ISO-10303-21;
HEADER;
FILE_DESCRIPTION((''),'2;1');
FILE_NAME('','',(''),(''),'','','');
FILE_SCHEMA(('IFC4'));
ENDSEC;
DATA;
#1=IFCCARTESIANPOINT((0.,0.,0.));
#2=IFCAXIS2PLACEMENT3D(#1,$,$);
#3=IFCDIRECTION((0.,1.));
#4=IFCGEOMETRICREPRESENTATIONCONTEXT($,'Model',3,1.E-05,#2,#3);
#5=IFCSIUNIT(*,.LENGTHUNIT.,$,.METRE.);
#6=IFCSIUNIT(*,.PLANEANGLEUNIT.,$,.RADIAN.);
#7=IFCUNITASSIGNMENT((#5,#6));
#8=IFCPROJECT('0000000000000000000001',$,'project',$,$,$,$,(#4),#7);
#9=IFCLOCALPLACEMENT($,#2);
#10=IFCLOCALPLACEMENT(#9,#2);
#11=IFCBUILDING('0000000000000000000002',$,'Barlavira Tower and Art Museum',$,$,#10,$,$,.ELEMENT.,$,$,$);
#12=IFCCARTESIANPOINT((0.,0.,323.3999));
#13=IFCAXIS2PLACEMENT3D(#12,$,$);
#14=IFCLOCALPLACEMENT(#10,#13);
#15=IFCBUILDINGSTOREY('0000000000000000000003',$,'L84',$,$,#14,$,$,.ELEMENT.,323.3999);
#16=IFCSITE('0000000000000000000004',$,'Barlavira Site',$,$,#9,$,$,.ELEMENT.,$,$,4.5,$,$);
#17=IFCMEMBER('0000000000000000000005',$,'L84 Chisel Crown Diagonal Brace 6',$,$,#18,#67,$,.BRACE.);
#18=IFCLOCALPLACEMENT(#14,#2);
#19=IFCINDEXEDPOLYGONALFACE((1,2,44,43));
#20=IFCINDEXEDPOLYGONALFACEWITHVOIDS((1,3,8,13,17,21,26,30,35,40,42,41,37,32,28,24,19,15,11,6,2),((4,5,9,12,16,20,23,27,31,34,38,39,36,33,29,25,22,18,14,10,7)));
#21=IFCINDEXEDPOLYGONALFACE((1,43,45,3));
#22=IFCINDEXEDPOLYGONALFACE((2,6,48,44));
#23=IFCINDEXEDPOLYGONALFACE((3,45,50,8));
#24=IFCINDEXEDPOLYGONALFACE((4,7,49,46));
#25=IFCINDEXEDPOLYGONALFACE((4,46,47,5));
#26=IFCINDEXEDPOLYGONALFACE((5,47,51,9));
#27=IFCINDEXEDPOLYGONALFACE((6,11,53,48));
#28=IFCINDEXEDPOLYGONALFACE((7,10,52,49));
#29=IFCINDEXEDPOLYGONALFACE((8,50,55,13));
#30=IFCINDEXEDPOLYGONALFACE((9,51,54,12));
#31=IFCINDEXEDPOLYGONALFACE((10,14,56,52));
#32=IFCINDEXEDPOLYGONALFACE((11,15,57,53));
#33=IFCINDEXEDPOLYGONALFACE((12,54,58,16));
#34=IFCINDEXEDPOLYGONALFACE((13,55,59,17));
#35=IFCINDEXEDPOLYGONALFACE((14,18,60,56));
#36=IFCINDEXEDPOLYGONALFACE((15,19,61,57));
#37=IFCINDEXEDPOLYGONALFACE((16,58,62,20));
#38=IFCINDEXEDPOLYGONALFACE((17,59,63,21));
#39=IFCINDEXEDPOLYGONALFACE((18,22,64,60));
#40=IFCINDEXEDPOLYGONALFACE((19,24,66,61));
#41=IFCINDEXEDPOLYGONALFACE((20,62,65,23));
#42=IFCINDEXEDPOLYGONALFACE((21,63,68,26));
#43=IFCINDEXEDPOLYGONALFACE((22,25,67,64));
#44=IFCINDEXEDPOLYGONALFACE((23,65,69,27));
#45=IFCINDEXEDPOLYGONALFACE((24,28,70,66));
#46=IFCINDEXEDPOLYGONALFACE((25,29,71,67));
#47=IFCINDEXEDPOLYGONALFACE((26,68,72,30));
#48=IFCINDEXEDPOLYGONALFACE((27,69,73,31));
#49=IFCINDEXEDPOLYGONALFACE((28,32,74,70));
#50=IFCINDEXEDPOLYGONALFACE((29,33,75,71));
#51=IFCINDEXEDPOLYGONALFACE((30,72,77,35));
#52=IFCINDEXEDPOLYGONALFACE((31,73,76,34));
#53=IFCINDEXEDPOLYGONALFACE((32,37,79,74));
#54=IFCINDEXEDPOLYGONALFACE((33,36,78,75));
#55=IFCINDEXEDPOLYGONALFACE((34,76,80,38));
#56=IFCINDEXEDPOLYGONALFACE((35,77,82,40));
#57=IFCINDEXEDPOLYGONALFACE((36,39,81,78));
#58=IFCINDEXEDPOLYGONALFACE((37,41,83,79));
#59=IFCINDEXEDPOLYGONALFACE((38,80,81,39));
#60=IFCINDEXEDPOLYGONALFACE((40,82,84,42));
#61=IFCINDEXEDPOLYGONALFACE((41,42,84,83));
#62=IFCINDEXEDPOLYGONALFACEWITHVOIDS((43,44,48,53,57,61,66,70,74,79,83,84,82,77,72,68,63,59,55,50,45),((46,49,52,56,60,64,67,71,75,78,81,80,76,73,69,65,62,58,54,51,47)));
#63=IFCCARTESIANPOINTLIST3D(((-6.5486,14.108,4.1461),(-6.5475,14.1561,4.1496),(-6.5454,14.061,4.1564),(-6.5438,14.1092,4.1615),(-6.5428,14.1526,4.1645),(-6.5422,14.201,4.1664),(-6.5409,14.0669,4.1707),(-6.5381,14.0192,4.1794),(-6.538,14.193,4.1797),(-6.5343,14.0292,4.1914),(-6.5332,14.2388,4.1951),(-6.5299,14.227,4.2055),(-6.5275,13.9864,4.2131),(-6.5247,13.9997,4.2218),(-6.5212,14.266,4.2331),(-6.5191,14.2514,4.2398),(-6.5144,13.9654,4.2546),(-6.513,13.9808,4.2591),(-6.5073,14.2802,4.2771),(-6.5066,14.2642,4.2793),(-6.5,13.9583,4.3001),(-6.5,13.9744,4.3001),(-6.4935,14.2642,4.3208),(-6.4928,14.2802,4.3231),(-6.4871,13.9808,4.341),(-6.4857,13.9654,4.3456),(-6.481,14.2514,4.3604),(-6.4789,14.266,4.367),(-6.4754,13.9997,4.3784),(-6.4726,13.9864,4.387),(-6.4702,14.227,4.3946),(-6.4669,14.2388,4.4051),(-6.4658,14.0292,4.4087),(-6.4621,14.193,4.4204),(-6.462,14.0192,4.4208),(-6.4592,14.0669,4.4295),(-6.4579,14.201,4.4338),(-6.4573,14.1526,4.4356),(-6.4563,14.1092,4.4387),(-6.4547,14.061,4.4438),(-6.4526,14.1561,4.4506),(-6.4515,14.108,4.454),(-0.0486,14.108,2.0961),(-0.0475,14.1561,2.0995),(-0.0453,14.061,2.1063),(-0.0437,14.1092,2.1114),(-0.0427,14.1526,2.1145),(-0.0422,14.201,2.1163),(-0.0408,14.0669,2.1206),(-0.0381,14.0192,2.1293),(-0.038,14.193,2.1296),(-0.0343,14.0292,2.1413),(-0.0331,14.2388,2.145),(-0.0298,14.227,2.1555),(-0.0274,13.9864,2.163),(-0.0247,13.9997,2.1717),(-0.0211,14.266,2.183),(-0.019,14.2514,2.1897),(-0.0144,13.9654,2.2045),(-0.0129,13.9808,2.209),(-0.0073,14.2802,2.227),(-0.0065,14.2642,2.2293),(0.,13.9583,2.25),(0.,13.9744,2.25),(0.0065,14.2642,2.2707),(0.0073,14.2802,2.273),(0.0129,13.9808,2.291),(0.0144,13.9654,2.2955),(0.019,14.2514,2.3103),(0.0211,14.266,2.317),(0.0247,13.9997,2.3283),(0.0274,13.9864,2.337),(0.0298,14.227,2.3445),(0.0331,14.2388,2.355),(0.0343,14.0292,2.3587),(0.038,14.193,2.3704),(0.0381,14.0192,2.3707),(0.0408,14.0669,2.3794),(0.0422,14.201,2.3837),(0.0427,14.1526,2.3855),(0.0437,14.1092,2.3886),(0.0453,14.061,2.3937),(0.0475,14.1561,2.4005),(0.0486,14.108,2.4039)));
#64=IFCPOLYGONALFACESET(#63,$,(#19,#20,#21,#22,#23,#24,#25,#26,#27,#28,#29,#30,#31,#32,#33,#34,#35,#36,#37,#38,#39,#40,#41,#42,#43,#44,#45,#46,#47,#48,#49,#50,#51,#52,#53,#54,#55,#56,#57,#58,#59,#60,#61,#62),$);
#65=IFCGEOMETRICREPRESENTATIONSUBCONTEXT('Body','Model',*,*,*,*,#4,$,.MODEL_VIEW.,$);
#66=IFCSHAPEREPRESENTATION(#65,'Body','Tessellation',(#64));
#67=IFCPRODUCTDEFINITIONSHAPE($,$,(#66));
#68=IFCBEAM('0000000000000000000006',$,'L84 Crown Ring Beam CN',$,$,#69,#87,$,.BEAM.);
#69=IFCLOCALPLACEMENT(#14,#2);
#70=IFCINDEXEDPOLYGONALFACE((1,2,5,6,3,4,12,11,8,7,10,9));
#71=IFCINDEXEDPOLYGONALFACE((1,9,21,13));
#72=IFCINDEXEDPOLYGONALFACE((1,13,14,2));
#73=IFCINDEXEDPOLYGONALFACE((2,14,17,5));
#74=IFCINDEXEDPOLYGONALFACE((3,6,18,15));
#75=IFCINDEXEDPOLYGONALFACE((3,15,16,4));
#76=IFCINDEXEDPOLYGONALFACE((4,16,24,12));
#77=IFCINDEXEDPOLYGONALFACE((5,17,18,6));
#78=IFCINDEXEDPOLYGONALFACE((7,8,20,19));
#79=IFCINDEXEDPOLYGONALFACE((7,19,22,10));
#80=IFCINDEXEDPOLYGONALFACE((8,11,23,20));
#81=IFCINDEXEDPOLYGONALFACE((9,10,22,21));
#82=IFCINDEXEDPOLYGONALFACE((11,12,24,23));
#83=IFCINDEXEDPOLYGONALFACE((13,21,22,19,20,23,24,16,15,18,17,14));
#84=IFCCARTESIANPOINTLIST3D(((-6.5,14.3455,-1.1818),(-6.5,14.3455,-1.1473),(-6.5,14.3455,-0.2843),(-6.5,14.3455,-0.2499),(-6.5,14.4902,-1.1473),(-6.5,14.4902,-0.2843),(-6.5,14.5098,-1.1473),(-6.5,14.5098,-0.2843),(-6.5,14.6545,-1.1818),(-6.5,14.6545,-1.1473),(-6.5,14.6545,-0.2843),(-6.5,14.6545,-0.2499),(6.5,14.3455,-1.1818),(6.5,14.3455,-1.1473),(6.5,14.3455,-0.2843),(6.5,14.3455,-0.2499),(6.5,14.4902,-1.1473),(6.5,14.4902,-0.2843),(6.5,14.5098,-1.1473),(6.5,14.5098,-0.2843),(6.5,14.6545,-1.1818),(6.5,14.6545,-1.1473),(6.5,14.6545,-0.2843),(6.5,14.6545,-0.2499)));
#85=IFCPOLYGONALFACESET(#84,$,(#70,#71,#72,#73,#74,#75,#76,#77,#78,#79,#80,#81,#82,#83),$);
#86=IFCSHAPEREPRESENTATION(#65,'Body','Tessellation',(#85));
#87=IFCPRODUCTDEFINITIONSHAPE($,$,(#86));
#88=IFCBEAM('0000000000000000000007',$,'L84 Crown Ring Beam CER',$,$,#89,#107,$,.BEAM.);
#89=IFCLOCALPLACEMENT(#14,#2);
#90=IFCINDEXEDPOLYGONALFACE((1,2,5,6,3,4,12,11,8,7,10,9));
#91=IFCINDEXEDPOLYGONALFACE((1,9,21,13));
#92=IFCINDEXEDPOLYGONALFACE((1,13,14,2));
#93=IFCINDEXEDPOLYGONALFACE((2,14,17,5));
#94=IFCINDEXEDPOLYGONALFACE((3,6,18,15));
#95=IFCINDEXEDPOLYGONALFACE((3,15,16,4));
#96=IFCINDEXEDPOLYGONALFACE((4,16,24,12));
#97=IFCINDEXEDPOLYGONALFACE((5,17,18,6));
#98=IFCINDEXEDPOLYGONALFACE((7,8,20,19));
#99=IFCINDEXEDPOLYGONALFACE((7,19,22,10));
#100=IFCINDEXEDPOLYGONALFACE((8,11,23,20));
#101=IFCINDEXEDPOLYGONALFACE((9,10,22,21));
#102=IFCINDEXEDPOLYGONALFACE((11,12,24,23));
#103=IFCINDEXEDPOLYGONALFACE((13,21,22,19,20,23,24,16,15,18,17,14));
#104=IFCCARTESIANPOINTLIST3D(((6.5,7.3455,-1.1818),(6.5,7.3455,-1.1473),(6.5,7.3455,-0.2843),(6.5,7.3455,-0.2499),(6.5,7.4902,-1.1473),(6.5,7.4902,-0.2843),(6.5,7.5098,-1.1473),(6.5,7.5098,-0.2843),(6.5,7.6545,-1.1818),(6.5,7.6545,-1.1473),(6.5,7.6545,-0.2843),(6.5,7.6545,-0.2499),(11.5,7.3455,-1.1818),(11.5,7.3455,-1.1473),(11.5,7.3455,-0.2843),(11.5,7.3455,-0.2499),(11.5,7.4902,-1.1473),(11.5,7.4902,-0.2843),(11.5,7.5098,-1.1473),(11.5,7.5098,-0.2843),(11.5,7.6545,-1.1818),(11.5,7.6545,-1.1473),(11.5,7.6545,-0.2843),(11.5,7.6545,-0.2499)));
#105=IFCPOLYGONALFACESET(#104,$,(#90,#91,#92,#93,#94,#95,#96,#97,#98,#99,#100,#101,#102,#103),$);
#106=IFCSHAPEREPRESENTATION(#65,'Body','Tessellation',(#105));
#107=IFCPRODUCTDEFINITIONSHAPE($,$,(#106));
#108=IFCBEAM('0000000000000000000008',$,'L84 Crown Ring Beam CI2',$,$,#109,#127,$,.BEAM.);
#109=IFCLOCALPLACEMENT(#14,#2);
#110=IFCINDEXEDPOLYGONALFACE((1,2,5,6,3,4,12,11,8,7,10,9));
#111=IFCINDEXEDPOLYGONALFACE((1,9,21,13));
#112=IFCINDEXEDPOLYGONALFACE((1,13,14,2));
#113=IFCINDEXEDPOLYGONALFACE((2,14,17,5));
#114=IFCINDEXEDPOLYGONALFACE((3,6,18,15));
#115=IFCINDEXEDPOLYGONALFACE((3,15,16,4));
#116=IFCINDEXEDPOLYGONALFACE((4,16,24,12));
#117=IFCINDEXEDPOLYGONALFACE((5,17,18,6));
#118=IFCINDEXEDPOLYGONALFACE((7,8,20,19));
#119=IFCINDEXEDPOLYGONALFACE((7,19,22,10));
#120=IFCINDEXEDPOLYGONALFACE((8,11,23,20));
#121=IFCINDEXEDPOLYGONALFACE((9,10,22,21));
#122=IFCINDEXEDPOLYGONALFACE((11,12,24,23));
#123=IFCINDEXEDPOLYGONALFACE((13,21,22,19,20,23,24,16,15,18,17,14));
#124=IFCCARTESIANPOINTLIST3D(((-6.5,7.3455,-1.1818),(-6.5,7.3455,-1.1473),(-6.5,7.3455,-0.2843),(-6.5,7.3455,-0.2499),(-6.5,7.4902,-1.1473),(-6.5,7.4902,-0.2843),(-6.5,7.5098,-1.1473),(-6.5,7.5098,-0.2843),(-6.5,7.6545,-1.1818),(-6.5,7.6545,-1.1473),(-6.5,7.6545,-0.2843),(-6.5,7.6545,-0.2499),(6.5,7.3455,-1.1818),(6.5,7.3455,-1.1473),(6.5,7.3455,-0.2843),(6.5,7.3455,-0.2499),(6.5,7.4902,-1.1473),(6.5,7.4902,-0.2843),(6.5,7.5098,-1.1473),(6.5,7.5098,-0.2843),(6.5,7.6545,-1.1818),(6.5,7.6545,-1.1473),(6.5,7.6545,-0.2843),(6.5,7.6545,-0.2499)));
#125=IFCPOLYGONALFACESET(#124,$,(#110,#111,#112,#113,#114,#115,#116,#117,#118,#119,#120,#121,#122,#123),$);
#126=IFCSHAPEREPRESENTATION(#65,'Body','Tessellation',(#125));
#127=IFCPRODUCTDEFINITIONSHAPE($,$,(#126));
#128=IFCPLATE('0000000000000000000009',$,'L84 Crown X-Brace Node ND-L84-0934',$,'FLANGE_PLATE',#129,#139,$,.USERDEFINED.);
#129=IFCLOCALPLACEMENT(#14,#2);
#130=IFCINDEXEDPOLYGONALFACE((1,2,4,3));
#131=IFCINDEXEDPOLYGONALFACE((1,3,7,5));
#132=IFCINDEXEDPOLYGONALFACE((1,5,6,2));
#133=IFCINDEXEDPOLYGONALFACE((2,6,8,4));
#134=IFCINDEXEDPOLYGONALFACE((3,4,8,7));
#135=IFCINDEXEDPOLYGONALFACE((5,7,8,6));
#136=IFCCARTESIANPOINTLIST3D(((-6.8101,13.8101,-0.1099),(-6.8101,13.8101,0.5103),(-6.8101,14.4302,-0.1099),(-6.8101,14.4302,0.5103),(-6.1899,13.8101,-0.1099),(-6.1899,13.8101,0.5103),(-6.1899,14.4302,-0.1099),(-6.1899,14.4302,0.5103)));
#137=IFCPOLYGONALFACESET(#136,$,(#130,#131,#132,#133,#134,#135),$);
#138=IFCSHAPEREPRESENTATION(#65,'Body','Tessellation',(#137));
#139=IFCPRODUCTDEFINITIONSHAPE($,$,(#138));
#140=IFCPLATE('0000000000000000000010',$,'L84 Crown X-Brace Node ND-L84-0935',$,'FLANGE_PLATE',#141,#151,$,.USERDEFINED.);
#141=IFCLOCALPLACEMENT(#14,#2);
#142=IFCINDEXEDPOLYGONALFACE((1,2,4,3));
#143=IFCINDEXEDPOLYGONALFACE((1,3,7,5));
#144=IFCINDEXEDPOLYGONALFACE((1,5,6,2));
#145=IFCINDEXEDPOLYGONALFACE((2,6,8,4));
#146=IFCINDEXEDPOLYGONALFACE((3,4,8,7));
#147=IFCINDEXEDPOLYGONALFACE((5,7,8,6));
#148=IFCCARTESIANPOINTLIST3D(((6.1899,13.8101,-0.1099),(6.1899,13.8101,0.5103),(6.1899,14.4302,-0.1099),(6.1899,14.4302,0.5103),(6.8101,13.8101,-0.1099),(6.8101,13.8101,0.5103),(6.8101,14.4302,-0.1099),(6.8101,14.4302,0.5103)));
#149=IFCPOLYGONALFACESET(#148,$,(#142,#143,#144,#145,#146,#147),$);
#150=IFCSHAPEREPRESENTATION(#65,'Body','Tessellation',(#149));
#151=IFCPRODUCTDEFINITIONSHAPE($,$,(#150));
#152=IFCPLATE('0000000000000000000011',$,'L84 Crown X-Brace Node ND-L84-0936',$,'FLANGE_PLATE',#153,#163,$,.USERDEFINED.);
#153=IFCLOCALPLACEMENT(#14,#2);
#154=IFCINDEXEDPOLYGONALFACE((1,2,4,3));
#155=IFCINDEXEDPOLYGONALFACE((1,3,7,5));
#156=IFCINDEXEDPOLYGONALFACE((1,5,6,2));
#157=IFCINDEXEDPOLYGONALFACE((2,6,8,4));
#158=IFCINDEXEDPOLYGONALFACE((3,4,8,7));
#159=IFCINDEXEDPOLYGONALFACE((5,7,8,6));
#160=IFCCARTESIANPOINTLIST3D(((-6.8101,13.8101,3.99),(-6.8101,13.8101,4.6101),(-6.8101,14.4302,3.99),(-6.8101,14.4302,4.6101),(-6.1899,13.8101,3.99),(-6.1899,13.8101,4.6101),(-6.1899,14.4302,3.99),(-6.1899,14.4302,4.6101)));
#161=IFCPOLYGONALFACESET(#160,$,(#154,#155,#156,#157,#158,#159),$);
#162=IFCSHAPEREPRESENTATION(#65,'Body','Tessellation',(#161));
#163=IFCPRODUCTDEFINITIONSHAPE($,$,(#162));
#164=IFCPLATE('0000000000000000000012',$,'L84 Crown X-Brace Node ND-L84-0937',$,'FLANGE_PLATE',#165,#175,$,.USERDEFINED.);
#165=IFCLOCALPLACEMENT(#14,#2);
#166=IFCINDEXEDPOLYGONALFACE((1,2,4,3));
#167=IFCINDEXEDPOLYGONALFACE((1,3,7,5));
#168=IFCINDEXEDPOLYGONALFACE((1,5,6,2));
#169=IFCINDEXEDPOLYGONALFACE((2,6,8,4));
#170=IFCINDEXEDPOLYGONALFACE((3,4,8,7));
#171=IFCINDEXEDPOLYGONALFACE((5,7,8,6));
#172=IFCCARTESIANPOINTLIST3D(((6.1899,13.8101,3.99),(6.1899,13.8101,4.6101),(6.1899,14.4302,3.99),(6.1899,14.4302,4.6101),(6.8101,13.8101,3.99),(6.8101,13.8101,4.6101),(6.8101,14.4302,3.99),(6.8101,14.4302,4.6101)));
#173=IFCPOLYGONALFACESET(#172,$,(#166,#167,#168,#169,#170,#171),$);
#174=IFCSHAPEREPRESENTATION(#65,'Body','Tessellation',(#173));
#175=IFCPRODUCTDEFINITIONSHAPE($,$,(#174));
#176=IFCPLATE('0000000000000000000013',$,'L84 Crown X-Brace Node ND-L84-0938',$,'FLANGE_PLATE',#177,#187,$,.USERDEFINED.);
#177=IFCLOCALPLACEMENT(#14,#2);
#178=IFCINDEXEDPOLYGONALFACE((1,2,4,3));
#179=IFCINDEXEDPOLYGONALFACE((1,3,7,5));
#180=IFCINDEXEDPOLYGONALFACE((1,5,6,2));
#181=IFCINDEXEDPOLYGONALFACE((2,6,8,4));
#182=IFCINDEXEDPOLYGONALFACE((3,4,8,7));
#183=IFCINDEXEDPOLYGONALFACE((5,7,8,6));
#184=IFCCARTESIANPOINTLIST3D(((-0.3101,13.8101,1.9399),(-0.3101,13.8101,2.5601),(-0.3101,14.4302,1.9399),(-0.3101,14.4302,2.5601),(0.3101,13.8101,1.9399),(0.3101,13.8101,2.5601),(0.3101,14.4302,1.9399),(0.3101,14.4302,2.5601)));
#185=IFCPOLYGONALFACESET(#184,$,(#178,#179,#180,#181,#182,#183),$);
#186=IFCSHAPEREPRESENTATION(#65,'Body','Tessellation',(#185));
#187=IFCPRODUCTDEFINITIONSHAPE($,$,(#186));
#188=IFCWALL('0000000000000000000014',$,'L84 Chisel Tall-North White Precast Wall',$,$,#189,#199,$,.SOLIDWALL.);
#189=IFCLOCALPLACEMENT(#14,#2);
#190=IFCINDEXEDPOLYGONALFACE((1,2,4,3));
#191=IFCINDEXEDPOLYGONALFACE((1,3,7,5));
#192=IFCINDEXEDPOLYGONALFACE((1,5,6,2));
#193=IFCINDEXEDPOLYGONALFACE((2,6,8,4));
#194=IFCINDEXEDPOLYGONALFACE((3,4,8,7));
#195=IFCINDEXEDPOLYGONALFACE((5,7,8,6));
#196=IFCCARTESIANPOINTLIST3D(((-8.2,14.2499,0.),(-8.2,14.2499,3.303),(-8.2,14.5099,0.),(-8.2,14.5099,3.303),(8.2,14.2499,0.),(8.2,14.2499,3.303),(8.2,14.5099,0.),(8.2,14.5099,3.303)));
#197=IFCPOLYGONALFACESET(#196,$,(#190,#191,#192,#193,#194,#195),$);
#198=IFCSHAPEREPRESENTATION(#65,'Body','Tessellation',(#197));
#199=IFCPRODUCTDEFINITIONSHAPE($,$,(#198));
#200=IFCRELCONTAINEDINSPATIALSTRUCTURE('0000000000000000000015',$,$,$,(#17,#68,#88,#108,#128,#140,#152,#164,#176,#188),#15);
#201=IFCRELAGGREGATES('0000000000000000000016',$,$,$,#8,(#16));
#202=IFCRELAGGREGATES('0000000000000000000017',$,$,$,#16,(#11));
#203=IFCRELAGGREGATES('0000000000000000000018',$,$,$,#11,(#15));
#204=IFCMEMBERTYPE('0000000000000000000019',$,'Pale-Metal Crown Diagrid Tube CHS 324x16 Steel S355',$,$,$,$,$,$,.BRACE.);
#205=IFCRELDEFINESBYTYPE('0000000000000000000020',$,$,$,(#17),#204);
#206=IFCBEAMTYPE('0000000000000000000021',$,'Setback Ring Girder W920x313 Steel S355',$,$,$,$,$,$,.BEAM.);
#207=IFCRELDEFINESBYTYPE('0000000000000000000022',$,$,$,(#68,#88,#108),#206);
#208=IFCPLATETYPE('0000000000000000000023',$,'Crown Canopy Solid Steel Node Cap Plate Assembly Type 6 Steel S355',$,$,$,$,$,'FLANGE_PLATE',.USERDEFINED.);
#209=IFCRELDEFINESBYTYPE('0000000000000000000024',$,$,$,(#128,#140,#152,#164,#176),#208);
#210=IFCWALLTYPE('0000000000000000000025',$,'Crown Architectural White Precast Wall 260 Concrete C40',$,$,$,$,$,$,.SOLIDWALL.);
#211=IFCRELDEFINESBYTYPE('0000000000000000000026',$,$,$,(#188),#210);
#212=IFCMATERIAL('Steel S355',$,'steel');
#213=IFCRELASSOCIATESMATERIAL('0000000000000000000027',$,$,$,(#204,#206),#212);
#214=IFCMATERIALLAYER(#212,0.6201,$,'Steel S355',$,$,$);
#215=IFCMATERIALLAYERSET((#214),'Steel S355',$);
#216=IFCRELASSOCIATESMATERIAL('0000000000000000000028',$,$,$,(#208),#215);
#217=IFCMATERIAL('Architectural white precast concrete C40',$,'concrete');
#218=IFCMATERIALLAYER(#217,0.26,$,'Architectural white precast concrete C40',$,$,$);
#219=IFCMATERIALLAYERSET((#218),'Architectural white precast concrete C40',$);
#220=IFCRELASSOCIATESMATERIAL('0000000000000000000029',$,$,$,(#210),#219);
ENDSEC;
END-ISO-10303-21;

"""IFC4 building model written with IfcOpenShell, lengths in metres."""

from ifc_helpers import new_model, si_unit, direction, frame, frame_2d, origin, origin_2d, place, context, subcontext, project, spatial, rectangle, hollow_circle, i_section, extrude, material, layer, layer_set, material_profile, profile_set, type_object, element, save


model = new_model("IFC4")

# Units and contexts
model_context = context("Model", 3, precision=1e-05, world=origin(), true_north=direction((0.0, 1.0)))
body_context = subcontext(model_context, "Body", "Model", "MODEL_VIEW")
ifc_project = project(units=[si_unit("LENGTHUNIT", "METRE"), si_unit("PLANEANGLEUNIT", "RADIAN")], contexts=[model_context])

# Site, building, storey
site_placement = place(None, origin())
site = spatial("IfcSite", under=ifc_project, at=site_placement, Name="Barlavira Site", CompositionType="ELEMENT", RefElevation=4.5)
building_placement = place(site_placement, origin())
building = spatial("IfcBuilding", under=site, at=building_placement, Name="Barlavira Tower and Art Museum", CompositionType="ELEMENT")
storey_placement = place(building_placement, frame((0.0, 0.0, 323.3999)))
storey = spatial("IfcBuildingStorey", under=building, at=storey_placement, Name="L84", CompositionType="ELEMENT", Elevation=323.3999)

# Shared definitions
ifc_material_1 = material(Name="Steel S355", Category="steel")

# Member
ifc_material_profile_1 = material_profile(ifc_material_1, hollow_circle(Radius=0.1619, WallThickness=0.0161, at=origin_2d()), Name="CHS 323.9x16.0")
ifc_profile_set_1 = profile_set([ifc_material_profile_1], Name="Steel S355")
member_type = type_object("IfcMemberType", Name="Pale-Metal Crown Diagrid Tube CHS 324x16 Steel S355", PredefinedType="BRACE", material=ifc_profile_set_1)
member_1_placement = place(storey_placement, frame((0.0, 14.1201, 2.25), z_axis=(-0.953691, 0.0, 0.300787), x_axis=(0.0, -1.0, 0.0)))
element("IfcMember", 1, at=member_1_placement, inside=storey, type_object=member_type, Name="L84 Chisel Crown Diagonal Brace 6", PredefinedType="BRACE", context=body_context, shape_type="SweptSolid", body=[
    extrude(hollow_circle(Radius=0.1619, WallThickness=0.0161, at=origin_2d()), origin(), (0.0, 0.0, 1.0), 6.8157),
])

# Beams
ifc_material_profile_2 = material_profile(ifc_material_1, i_section(OverallWidth=0.3091, OverallDepth=0.9319, WebThickness=0.0195, FlangeThickness=0.0344, at=origin_2d()), Name="W920x313.0")
ifc_profile_set_2 = profile_set([ifc_material_profile_2], Name="Steel S355")
beam_type = type_object("IfcBeamType", Name="Setback Ring Girder W920x313 Steel S355", PredefinedType="BEAM", material=ifc_profile_set_2)
beam_1_placement = place(storey_placement, frame((-6.5, 14.5, -0.7158), z_axis=(1.0, 0.0, 0.0), x_axis=(0.0, 1.0, 0.0)))
element("IfcBeam", 2, at=beam_1_placement, inside=storey, type_object=beam_type, Name="L84 Crown Ring Beam CN", PredefinedType="BEAM", context=body_context, shape_type="SweptSolid", body=[
    extrude(i_section(OverallWidth=0.3091, OverallDepth=0.9319, WebThickness=0.0195, FlangeThickness=0.0344, at=origin_2d()), origin(), (0.0, 0.0, 1.0), 13.0),
])
beam_2_placement = place(storey_placement, frame((6.5, 7.5, -0.7158), z_axis=(1.0, 0.0, 0.0), x_axis=(0.0, 1.0, 0.0)))
element("IfcBeam", 3, at=beam_2_placement, inside=storey, type_object=beam_type, Name="L84 Crown Ring Beam CER", PredefinedType="BEAM", context=body_context, shape_type="SweptSolid", body=[
    extrude(i_section(OverallWidth=0.3091, OverallDepth=0.9319, WebThickness=0.0195, FlangeThickness=0.0344, at=origin_2d()), origin(), (0.0, 0.0, 1.0), 5.0),
])
beam_3_placement = place(storey_placement, frame((-6.5, 7.5, -0.7158), z_axis=(1.0, 0.0, 0.0), x_axis=(0.0, 1.0, 0.0)))
element("IfcBeam", 4, at=beam_3_placement, inside=storey, type_object=beam_type, Name="L84 Crown Ring Beam CI2", PredefinedType="BEAM", context=body_context, shape_type="SweptSolid", body=[
    extrude(i_section(OverallWidth=0.3091, OverallDepth=0.9319, WebThickness=0.0195, FlangeThickness=0.0344, at=origin_2d()), origin(), (0.0, 0.0, 1.0), 13.0),
])

# Plates
ifc_layer_1 = layer(ifc_material_1, 0.6201, Name="Steel S355")
ifc_layer_set_1 = layer_set([ifc_layer_1], Name="Steel S355")
plate_type = type_object("IfcPlateType", Name="Crown Canopy Solid Steel Node Cap Plate Assembly Type 6 Steel S355", ElementType="FLANGE_PLATE", PredefinedType="USERDEFINED", material=ifc_layer_set_1)
for number, where, z_axis, x_axis, name in (
    (5, (-6.5, 14.1201, -0.1099), (0.0, 0.0, 1.0), (1.0, 0.0, 0.0), "L84 Crown X-Brace Node ND-L84-0934"),
    (6, (6.5, 14.1201, -0.1099), (0.0, 0.0, 1.0), (1.0, 0.0, 0.0), "L84 Crown X-Brace Node ND-L84-0935"),
    (7, (-6.5, 14.1201, 3.99), (0.0, 0.0, 1.0), (1.0, 0.0, 0.0), "L84 Crown X-Brace Node ND-L84-0936"),
    (8, (6.5, 14.1201, 3.99), (0.0, 0.0, 1.0), (1.0, 0.0, 0.0), "L84 Crown X-Brace Node ND-L84-0937"),
    (9, (0.0, 14.1201, 1.9399), (0.0, 0.0, 1.0), (1.0, 0.0, 0.0), "L84 Crown X-Brace Node ND-L84-0938"),
):
    element("IfcPlate", number, at=place(storey_placement, frame(where, z_axis=z_axis, x_axis=x_axis)), inside=storey, type_object=plate_type, Name=name, ObjectType="FLANGE_PLATE", PredefinedType="USERDEFINED", context=body_context, shape_type="SweptSolid", body=[
        extrude(rectangle(XDim=0.6201, YDim=0.6201, at=origin_2d()), origin(), (0.0, 0.0, 1.0), 0.6201),
    ])

# Wall
ifc_material_2 = material(Name="Architectural white precast concrete C40", Category="concrete")
ifc_layer_2 = layer(ifc_material_2, 0.26, Name="Architectural white precast concrete C40")
ifc_layer_set_2 = layer_set([ifc_layer_2], Name="Architectural white precast concrete C40")
wall_type = type_object("IfcWallType", Name="Crown Architectural White Precast Wall 260 Concrete C40", PredefinedType="SOLIDWALL", material=ifc_layer_set_2)
wall_1_placement = place(storey_placement, frame((8.2, 14.3799, 0.0), z_axis=(0.0, 0.0, 1.0), x_axis=(-1.0, 0.0, 0.0)))
element("IfcWall", 10, at=wall_1_placement, inside=storey, type_object=wall_type, Name="L84 Chisel Tall-North White Precast Wall", PredefinedType="SOLIDWALL", context=body_context, shape_type="SweptSolid", body=[
    extrude(rectangle(XDim=16.3999, YDim=0.26, at=frame_2d((8.2, 0.0))), origin(), (0.0, 0.0, 1.0), 3.303),
])

save(model, "model.ifc")
